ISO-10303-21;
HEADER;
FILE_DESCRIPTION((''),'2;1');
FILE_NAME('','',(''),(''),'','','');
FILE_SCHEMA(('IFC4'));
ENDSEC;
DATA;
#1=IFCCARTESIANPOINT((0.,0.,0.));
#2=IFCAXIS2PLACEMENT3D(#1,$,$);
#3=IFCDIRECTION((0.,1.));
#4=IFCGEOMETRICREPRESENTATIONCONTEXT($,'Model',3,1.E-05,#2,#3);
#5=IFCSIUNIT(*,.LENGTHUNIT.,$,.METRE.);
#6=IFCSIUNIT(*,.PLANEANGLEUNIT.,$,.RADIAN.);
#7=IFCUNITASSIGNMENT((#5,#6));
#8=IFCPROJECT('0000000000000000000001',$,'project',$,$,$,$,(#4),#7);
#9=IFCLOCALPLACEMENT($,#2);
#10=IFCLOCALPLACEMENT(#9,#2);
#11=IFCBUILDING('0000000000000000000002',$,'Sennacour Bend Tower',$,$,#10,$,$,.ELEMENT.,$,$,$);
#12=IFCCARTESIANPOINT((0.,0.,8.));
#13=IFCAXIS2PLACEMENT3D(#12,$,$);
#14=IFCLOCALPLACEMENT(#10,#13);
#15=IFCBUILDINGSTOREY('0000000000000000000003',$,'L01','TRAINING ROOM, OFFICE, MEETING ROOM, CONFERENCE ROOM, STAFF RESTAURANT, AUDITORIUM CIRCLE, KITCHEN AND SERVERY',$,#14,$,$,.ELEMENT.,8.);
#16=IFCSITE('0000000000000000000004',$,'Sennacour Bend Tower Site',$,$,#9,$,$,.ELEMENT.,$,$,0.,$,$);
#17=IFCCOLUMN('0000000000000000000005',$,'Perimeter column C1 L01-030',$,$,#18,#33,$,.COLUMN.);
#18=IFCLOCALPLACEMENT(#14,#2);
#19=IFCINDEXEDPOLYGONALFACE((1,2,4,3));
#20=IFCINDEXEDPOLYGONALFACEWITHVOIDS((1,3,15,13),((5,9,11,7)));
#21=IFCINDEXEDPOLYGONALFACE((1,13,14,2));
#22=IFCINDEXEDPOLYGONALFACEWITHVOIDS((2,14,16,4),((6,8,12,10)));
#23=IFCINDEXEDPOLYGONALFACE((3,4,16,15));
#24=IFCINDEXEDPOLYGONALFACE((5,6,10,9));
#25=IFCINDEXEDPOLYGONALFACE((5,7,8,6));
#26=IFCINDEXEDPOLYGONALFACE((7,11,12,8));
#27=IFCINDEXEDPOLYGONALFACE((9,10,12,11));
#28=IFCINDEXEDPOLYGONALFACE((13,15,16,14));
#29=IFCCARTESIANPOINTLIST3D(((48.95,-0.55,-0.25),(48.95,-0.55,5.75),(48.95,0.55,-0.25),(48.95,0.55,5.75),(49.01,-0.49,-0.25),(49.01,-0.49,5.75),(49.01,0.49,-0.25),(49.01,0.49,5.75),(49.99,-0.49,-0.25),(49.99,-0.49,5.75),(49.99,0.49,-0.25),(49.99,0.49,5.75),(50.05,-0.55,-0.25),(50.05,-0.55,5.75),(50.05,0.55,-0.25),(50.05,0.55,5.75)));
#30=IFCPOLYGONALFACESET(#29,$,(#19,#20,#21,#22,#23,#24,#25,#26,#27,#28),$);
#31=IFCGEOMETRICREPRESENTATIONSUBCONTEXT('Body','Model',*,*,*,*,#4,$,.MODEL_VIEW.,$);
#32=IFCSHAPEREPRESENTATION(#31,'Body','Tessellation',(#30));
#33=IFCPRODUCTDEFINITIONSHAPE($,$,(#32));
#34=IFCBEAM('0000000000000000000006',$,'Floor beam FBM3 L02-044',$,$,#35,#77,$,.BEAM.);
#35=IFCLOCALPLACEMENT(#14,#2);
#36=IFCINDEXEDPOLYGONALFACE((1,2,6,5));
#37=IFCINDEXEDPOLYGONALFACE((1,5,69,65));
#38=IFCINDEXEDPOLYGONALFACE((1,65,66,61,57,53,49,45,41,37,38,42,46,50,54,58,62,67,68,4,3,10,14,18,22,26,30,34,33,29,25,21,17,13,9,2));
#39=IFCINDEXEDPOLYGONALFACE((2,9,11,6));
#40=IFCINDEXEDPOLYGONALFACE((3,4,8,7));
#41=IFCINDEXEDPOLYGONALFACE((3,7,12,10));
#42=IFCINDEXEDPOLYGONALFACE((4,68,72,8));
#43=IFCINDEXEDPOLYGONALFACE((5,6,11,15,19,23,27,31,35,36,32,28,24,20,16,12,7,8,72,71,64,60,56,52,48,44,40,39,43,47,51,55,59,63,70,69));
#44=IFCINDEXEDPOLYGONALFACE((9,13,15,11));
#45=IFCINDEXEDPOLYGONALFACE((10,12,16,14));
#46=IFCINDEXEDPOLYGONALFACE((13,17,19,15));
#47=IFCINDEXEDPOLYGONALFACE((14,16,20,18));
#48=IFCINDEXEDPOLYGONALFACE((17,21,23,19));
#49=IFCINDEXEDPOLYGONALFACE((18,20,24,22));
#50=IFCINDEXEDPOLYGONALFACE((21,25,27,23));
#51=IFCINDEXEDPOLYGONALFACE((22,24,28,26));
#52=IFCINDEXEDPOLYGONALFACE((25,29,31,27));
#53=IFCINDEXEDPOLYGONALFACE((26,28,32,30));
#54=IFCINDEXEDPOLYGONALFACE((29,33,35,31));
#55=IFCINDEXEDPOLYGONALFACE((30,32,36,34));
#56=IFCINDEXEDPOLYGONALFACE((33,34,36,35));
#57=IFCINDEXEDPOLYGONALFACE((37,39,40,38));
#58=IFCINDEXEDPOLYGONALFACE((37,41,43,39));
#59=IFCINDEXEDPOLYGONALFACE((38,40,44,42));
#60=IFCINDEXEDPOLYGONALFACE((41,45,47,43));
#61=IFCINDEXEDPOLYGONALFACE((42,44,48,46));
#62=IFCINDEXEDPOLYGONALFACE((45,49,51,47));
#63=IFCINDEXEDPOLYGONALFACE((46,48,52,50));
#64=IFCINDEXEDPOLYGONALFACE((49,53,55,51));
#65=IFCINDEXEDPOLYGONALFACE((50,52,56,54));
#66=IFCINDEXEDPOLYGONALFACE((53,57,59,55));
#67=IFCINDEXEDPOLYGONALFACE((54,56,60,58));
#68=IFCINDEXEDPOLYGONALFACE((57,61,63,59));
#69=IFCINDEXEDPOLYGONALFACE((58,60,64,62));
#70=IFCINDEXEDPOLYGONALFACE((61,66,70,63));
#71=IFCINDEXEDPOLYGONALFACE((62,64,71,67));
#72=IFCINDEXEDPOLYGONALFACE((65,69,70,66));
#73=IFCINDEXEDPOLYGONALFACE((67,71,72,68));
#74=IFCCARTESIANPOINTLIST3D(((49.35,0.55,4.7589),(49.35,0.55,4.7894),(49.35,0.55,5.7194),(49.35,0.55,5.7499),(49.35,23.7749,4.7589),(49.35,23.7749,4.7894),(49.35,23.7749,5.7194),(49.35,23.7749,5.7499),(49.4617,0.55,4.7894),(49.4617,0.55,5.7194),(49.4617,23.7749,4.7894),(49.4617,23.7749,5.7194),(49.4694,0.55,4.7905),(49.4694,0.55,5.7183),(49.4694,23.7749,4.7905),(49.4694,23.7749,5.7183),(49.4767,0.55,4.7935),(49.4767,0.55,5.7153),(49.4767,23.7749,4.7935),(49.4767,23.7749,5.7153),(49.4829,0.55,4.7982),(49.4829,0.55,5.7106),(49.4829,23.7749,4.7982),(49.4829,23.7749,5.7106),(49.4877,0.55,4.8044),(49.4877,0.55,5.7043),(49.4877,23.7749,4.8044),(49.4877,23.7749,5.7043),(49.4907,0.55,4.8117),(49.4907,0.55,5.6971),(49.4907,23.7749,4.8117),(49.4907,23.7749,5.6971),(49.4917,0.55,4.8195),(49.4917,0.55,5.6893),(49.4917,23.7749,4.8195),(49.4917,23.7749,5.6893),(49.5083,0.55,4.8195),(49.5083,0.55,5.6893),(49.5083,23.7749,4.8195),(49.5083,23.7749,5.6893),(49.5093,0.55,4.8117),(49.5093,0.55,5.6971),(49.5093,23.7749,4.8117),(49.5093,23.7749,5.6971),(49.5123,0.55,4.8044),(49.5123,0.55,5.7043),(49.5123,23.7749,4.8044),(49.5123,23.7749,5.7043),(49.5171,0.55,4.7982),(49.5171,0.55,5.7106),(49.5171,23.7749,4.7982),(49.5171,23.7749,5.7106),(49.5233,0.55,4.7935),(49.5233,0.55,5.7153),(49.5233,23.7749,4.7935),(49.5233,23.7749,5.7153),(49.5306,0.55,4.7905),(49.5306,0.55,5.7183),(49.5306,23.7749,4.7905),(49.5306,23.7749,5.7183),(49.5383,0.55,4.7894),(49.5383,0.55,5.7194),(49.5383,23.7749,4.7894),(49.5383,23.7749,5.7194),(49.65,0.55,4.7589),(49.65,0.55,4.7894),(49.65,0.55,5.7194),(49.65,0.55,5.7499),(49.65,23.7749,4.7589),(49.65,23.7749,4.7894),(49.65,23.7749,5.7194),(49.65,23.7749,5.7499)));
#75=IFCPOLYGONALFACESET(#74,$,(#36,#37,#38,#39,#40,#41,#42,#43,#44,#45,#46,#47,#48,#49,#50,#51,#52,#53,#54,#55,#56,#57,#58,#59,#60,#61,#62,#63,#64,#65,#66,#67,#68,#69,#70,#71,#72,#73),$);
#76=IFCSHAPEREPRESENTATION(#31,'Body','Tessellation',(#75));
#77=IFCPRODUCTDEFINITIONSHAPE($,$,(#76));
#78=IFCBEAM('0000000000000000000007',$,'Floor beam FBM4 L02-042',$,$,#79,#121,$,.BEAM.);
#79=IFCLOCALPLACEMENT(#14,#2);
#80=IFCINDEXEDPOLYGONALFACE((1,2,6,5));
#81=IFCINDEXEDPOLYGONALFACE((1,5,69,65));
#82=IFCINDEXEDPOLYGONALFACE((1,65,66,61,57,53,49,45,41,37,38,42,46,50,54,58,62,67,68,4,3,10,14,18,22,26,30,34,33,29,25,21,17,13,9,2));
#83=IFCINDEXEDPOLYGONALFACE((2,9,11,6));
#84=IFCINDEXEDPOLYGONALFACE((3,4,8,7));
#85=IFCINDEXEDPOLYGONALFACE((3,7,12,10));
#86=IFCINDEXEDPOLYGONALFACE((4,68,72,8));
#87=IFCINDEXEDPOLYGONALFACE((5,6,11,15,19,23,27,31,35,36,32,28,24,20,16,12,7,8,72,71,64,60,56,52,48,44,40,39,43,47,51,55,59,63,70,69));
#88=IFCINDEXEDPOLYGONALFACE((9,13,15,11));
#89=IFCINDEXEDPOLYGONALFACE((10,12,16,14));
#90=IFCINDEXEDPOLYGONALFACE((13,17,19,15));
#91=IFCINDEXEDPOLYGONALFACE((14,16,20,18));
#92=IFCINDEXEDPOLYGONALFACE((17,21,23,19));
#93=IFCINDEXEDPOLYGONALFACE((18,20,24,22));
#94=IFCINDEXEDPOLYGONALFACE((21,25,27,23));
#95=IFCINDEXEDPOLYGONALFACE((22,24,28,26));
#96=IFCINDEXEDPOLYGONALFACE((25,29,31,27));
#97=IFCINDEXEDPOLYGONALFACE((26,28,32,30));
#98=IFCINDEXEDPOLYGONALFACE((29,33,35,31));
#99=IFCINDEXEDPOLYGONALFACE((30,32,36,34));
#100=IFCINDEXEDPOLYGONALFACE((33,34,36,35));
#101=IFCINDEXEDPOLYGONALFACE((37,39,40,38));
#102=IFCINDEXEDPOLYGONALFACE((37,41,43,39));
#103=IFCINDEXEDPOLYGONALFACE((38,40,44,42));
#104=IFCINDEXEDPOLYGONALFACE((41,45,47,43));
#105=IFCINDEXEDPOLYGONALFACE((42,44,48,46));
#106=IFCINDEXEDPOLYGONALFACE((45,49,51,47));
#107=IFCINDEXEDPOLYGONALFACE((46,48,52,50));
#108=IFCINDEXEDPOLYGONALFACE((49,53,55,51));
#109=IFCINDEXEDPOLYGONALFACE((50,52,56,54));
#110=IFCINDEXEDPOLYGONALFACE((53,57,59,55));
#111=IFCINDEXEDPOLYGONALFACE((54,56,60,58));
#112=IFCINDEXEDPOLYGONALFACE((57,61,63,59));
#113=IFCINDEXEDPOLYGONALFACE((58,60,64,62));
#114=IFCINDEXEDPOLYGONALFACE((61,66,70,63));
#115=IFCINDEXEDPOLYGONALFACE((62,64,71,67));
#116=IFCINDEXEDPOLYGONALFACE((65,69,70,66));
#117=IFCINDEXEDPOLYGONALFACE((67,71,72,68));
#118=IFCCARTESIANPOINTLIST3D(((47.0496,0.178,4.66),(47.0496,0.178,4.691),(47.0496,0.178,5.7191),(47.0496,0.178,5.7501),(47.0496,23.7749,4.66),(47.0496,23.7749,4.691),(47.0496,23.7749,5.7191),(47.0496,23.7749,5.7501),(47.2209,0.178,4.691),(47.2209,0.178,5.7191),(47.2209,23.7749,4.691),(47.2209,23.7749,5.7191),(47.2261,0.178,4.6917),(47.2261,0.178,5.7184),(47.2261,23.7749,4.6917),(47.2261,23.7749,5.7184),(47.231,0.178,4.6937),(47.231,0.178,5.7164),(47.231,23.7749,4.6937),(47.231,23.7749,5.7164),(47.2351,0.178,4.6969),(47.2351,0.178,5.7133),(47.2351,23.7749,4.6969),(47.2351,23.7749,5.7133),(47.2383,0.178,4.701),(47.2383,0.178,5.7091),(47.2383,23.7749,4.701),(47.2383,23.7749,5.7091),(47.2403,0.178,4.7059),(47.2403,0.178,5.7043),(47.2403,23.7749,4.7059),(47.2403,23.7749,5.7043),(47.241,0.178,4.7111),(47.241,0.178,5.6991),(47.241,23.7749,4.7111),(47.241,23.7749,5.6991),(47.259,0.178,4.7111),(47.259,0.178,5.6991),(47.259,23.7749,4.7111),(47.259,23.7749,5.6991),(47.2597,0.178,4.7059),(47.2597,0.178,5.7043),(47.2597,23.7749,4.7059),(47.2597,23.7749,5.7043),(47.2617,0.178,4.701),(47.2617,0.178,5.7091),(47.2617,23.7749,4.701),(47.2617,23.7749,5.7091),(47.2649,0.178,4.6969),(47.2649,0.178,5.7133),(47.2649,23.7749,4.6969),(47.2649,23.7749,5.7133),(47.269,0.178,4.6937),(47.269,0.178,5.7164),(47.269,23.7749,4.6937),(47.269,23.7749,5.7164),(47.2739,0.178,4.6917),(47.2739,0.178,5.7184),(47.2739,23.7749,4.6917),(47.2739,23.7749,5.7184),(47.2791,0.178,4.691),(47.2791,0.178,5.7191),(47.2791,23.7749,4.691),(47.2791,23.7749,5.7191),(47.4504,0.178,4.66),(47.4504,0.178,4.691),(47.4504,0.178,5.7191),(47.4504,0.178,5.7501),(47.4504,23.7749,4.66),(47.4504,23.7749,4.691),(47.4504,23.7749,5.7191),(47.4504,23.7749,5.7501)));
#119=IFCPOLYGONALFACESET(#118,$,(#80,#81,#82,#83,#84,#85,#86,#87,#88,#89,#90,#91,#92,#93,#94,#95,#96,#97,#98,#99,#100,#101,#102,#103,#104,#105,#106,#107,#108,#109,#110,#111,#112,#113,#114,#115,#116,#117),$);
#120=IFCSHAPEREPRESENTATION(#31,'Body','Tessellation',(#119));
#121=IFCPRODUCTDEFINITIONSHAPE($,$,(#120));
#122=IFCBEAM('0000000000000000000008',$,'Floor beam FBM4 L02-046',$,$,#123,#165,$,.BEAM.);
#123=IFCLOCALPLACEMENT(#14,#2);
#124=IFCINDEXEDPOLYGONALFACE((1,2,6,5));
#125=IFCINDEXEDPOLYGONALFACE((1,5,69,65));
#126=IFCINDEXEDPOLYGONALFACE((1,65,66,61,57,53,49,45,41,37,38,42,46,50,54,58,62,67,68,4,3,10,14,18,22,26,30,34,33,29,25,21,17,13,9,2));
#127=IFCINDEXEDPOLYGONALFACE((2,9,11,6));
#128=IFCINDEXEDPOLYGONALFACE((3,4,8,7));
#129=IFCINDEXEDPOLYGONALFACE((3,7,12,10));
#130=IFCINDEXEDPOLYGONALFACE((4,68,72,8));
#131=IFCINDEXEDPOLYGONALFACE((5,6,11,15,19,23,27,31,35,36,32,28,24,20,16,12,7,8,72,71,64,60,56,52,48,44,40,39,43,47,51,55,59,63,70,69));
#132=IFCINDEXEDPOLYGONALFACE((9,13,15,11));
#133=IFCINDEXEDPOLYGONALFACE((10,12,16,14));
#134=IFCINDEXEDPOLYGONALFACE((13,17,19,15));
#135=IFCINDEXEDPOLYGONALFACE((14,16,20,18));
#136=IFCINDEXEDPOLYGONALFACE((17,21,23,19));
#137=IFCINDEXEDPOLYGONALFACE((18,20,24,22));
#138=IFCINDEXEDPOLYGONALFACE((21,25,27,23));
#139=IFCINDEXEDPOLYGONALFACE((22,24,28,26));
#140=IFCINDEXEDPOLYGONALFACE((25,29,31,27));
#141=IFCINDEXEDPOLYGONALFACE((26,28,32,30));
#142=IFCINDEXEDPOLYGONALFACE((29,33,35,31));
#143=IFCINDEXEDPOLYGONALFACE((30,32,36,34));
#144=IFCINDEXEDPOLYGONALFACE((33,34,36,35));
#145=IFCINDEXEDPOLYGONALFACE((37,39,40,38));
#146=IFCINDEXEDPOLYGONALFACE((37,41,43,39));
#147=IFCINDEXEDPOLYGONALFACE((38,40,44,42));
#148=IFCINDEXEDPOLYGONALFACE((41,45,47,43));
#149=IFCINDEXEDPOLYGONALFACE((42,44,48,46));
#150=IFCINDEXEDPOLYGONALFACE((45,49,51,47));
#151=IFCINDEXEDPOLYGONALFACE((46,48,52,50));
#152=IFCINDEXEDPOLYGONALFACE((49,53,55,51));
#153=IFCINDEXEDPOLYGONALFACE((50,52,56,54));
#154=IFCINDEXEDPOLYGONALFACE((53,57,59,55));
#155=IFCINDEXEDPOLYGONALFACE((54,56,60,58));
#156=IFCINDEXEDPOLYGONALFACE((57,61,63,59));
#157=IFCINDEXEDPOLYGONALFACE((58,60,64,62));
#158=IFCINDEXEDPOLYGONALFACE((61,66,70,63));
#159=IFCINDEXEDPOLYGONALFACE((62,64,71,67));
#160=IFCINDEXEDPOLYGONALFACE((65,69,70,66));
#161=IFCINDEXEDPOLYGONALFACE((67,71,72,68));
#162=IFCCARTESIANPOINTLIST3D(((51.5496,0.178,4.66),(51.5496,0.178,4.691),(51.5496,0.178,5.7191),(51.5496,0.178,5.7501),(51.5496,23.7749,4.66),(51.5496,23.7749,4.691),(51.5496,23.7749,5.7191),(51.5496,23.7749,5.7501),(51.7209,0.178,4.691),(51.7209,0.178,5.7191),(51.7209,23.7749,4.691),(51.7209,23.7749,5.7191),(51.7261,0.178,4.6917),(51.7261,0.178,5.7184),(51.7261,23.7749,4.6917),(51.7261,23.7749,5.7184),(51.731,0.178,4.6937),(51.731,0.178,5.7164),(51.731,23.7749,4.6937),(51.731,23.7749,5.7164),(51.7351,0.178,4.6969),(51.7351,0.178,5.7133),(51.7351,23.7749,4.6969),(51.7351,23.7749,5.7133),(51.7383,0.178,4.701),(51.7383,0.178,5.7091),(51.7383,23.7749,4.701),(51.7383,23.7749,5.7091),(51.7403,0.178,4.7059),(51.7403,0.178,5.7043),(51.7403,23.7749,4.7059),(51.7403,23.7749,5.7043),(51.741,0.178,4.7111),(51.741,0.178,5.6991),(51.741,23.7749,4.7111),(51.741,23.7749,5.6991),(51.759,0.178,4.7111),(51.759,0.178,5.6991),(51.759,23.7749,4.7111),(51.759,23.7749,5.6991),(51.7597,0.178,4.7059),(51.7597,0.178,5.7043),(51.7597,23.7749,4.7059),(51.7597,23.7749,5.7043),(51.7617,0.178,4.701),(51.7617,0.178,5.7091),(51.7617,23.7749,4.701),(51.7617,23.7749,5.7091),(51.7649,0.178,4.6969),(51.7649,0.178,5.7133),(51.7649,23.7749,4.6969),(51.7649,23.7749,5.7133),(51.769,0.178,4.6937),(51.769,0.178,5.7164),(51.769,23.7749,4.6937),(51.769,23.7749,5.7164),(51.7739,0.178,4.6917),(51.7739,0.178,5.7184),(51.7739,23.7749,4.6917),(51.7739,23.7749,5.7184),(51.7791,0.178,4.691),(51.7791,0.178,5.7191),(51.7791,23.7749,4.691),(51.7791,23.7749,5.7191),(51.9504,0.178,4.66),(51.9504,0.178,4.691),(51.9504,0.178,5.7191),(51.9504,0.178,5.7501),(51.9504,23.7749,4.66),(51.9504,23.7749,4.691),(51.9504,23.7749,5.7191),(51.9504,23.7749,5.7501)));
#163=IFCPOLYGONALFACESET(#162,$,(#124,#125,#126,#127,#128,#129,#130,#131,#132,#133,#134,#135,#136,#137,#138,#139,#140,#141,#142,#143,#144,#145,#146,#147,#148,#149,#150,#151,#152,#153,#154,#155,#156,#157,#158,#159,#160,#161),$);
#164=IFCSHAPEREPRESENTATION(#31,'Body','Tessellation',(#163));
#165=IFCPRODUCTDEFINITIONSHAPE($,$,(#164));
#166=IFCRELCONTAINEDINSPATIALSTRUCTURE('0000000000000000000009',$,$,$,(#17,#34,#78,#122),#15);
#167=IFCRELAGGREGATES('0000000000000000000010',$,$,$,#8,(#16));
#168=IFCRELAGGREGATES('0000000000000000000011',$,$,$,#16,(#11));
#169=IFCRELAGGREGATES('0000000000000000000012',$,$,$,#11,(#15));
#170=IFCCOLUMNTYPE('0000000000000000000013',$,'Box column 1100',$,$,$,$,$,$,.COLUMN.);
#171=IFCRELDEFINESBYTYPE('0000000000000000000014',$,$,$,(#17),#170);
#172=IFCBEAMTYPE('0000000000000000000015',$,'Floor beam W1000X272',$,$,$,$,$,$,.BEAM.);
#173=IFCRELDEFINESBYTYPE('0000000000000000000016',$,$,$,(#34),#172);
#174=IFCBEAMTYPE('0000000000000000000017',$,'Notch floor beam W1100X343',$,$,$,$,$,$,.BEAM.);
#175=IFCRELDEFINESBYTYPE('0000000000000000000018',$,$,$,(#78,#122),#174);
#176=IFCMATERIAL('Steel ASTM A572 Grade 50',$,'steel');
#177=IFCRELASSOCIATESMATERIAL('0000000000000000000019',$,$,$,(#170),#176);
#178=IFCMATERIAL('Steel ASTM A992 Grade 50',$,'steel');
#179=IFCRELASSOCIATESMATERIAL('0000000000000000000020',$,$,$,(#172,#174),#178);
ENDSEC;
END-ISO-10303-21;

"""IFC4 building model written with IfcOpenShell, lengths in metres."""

from ifc_helpers import new_model, si_unit, direction, frame, origin, origin_2d, place, context, subcontext, project, spatial, hollow_rectangle, i_section, extrude, material, material_profile, profile_set, type_object, element, save


model = new_model("IFC4")

# Units and contexts
model_context = context("Model", 3, precision=1e-05, world=origin(), true_north=direction((0.0, 1.0)))
body_context = subcontext(model_context, "Body", "Model", "MODEL_VIEW")
ifc_project = project(units=[si_unit("LENGTHUNIT", "METRE"), si_unit("PLANEANGLEUNIT", "RADIAN")], contexts=[model_context])

# Site, building, storey
site_placement = place(None, origin())
site = spatial("IfcSite", under=ifc_project, at=site_placement, Name="Sennacour Bend Tower Site", CompositionType="ELEMENT", RefElevation=0.0)
building_placement = place(site_placement, origin())
building = spatial("IfcBuilding", under=site, at=building_placement, Name="Sennacour Bend Tower", CompositionType="ELEMENT")
storey_placement = place(building_placement, frame((0.0, 0.0, 8.0)))
storey = spatial("IfcBuildingStorey", under=building, at=storey_placement, Name="L01", Description="TRAINING ROOM, OFFICE, MEETING ROOM, CONFERENCE ROOM, STAFF RESTAURANT, AUDITORIUM CIRCLE, KITCHEN AND SERVERY", CompositionType="ELEMENT", Elevation=8.0)

# Column
ifc_material_1 = material(Name="Steel ASTM A572 Grade 50", Category="steel")
ifc_material_profile_1 = material_profile(ifc_material_1, hollow_rectangle(XDim=1.1001, YDim=1.1001, WallThickness=0.0601, at=origin_2d()), Name="Steel ASTM A572 Grade 50", Category="steel")
ifc_profile_set_1 = profile_set([ifc_material_profile_1], Name="Steel ASTM A572 Grade 50")
column_type = type_object("IfcColumnType", Name="Box column 1100", PredefinedType="COLUMN", material=ifc_profile_set_1)
column_placement = place(storey_placement, frame((49.5, 0.0, -0.25), z_axis=(0.0, 0.0, 1.0), x_axis=(1.0, 0.0, 0.0)))
element("IfcColumn", 1, at=column_placement, inside=storey, type_object=column_type, Name="Perimeter column C1 L01-030", PredefinedType="COLUMN", context=body_context, shape_type="SweptSolid", body=[
    extrude(hollow_rectangle(XDim=1.1001, YDim=1.1001, WallThickness=0.0601, at=origin_2d()), origin(), (0.0, 0.0, 1.0), 6.0),
])

# Beams
ifc_material_2 = material(Name="Steel ASTM A992 Grade 50", Category="steel")
ifc_material_profile_2 = material_profile(ifc_material_2, i_section(OverallWidth=0.3, OverallDepth=0.991, WebThickness=0.0166, FlangeThickness=0.0305, FilletRadius=0.03, at=origin_2d()), Name="Steel ASTM A992 Grade 50", Category="steel")
ifc_profile_set_2 = profile_set([ifc_material_profile_2], Name="Steel ASTM A992 Grade 50")
beam_type_1 = type_object("IfcBeamType", Name="Floor beam W1000X272", PredefinedType="BEAM", material=ifc_profile_set_2)
beam_1_placement = place(storey_placement, frame((49.5, 0.55, 5.2544), z_axis=(0.0, 1.0, 0.0), x_axis=(-1.0, 0.0, 0.0)))
element("IfcBeam", 2, at=beam_1_placement, inside=storey, type_object=beam_type_1, Name="Floor beam FBM3 L02-044", PredefinedType="BEAM", context=body_context, shape_type="SweptSolid", body=[
    extrude(i_section(OverallWidth=0.3, OverallDepth=0.991, WebThickness=0.0166, FlangeThickness=0.0305, FilletRadius=0.03, at=origin_2d()), origin(), (0.0, 0.0, 1.0), 23.2249),
])
ifc_material_profile_3 = material_profile(ifc_material_2, i_section(OverallWidth=0.4009, OverallDepth=1.0901, WebThickness=0.0181, FlangeThickness=0.031, FilletRadius=0.02, at=origin_2d()), Name="Steel ASTM A992 Grade 50", Category="steel")
ifc_profile_set_3 = profile_set([ifc_material_profile_3], Name="Steel ASTM A992 Grade 50")
beam_type_2 = type_object("IfcBeamType", Name="Notch floor beam W1100X343", PredefinedType="BEAM", material=ifc_profile_set_3)
for number, where, z_axis, x_axis, name in (
    (3, (47.25, 0.178, 5.2051), (0.0, 1.0, 0.0), (-1.0, 0.0, 0.0), "Floor beam FBM4 L02-042"),
    (4, (51.75, 0.178, 5.2051), (0.0, 1.0, 0.0), (-1.0, 0.0, 0.0), "Floor beam FBM4 L02-046"),
):
    element("IfcBeam", number, at=place(storey_placement, frame(where, z_axis=z_axis, x_axis=x_axis)), inside=storey, type_object=beam_type_2, Name=name, PredefinedType="BEAM", context=body_context, shape_type="SweptSolid", body=[
        extrude(i_section(OverallWidth=0.4009, OverallDepth=1.0901, WebThickness=0.0181, FlangeThickness=0.031, FilletRadius=0.02, at=origin_2d()), origin(), (0.0, 0.0, 1.0), 23.5969),
    ])

save(model, "model.ifc")
